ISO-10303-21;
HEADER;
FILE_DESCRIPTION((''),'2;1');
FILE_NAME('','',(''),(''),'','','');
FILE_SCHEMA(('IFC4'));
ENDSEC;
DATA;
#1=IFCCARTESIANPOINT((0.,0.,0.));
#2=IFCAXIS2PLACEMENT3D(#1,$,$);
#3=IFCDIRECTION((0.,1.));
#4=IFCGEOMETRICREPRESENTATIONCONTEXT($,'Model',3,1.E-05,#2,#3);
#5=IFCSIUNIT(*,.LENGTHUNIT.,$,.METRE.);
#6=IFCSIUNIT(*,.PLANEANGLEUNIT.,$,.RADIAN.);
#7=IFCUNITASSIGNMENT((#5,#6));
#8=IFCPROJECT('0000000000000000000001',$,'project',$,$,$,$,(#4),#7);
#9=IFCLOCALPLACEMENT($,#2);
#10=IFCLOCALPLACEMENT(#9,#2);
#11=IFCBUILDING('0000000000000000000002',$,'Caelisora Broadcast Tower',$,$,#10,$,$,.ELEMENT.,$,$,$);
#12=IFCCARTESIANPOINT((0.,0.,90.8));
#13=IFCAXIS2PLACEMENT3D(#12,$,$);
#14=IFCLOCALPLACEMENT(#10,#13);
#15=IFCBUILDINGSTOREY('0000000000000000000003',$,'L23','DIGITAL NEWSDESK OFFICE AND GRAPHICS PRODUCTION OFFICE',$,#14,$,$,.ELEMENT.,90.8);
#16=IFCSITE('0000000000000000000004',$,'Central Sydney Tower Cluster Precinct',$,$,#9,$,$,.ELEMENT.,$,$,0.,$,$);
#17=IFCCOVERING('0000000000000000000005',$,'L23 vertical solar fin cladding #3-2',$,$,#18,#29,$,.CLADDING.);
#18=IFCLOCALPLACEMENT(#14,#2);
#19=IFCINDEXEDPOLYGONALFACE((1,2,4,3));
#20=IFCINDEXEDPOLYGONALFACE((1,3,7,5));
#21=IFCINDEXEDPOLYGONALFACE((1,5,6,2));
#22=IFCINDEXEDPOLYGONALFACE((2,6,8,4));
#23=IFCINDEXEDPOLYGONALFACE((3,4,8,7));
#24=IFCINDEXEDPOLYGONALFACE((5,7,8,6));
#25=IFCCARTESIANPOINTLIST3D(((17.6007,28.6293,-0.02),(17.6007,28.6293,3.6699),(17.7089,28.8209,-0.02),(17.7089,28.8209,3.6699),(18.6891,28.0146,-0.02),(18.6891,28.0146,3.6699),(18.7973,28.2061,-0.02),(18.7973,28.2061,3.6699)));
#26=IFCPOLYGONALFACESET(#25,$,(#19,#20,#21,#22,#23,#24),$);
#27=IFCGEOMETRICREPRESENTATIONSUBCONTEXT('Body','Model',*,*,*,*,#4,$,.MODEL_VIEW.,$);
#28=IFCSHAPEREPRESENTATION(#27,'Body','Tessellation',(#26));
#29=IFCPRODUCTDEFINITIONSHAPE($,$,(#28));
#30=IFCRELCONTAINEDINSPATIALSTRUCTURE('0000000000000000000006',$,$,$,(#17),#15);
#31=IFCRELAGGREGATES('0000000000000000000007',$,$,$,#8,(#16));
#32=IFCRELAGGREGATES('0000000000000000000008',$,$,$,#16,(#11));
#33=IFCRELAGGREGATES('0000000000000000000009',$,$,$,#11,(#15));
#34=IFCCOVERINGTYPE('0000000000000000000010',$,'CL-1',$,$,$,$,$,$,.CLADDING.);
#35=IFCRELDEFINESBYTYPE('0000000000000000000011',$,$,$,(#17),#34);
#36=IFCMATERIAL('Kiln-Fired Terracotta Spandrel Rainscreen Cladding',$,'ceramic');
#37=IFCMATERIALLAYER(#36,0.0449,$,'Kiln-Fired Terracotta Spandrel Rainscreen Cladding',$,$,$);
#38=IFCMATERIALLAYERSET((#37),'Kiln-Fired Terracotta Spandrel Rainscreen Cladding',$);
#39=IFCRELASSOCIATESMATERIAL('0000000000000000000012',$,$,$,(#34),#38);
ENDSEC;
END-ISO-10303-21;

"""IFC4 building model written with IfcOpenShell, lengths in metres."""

from ifc_helpers import new_model, si_unit, direction, frame, origin, origin_2d, place, context, subcontext, project, spatial, rectangle, extrude, source, transform, mapped, material, layer, layer_set, type_object, type_shapes, element, save


model = new_model("IFC4")

# Units and contexts
model_context = context("Model", 3, precision=1e-05, world=origin(), true_north=direction((0.0, 1.0)))
body_context = subcontext(model_context, "Body", "Model", "MODEL_VIEW")
ifc_project = project(units=[si_unit("LENGTHUNIT", "METRE"), si_unit("PLANEANGLEUNIT", "RADIAN")], contexts=[model_context])

# Site, building, storey
site_placement = place(None, origin())
site = spatial("IfcSite", under=ifc_project, at=site_placement, Name="Central Sydney Tower Cluster Precinct", CompositionType="ELEMENT", RefElevation=0.0)
building_placement = place(site_placement, origin())
building = spatial("IfcBuilding", under=site, at=building_placement, Name="Caelisora Broadcast Tower", CompositionType="ELEMENT")
storey_placement = place(building_placement, frame((0.0, 0.0, 90.8)))
storey = spatial("IfcBuildingStorey", under=building, at=storey_placement, Name="L23", Description="DIGITAL NEWSDESK OFFICE AND GRAPHICS PRODUCTION OFFICE", CompositionType="ELEMENT", Elevation=90.8)

# Covering
ifc_material_1 = material(Name="Kiln-Fired Terracotta Spandrel Rainscreen Cladding", Category="ceramic")
ifc_layer_1 = layer(ifc_material_1, 0.0449, Name="Kiln-Fired Terracotta Spandrel Rainscreen Cladding")
ifc_layer_set_1 = layer_set([ifc_layer_1], Name="Kiln-Fired Terracotta Spandrel Rainscreen Cladding")
covering_type = type_object("IfcCoveringType", Name="CL-1", PredefinedType="CLADDING", material=ifc_layer_set_1)
shared_shape_1 = source(origin(), body_context, "Body", "SweptSolid", [
    extrude(rectangle(XDim=0.22, YDim=1.25, at=origin_2d()), origin(), (0.0, 0.0, 1.0), 3.6899),
])
type_shapes(covering_type, [shared_shape_1])
covering_placement = place(storey_placement, frame((18.199, 28.4177, -0.02), z_axis=(0.0, 0.0, 1.0), x_axis=(0.491816, 0.870699, 0.0)))
element("IfcCovering", 1, at=covering_placement, inside=storey, type_object=covering_type, Name="L23 vertical solar fin cladding #3-2", PredefinedType="CLADDING", context=body_context, shape_type="MappedRepresentation", body=[
    mapped(shared_shape_1, transform((0.0, 0.0, 0.0), scale=1.0)),
])

save(model, "model.ifc")
